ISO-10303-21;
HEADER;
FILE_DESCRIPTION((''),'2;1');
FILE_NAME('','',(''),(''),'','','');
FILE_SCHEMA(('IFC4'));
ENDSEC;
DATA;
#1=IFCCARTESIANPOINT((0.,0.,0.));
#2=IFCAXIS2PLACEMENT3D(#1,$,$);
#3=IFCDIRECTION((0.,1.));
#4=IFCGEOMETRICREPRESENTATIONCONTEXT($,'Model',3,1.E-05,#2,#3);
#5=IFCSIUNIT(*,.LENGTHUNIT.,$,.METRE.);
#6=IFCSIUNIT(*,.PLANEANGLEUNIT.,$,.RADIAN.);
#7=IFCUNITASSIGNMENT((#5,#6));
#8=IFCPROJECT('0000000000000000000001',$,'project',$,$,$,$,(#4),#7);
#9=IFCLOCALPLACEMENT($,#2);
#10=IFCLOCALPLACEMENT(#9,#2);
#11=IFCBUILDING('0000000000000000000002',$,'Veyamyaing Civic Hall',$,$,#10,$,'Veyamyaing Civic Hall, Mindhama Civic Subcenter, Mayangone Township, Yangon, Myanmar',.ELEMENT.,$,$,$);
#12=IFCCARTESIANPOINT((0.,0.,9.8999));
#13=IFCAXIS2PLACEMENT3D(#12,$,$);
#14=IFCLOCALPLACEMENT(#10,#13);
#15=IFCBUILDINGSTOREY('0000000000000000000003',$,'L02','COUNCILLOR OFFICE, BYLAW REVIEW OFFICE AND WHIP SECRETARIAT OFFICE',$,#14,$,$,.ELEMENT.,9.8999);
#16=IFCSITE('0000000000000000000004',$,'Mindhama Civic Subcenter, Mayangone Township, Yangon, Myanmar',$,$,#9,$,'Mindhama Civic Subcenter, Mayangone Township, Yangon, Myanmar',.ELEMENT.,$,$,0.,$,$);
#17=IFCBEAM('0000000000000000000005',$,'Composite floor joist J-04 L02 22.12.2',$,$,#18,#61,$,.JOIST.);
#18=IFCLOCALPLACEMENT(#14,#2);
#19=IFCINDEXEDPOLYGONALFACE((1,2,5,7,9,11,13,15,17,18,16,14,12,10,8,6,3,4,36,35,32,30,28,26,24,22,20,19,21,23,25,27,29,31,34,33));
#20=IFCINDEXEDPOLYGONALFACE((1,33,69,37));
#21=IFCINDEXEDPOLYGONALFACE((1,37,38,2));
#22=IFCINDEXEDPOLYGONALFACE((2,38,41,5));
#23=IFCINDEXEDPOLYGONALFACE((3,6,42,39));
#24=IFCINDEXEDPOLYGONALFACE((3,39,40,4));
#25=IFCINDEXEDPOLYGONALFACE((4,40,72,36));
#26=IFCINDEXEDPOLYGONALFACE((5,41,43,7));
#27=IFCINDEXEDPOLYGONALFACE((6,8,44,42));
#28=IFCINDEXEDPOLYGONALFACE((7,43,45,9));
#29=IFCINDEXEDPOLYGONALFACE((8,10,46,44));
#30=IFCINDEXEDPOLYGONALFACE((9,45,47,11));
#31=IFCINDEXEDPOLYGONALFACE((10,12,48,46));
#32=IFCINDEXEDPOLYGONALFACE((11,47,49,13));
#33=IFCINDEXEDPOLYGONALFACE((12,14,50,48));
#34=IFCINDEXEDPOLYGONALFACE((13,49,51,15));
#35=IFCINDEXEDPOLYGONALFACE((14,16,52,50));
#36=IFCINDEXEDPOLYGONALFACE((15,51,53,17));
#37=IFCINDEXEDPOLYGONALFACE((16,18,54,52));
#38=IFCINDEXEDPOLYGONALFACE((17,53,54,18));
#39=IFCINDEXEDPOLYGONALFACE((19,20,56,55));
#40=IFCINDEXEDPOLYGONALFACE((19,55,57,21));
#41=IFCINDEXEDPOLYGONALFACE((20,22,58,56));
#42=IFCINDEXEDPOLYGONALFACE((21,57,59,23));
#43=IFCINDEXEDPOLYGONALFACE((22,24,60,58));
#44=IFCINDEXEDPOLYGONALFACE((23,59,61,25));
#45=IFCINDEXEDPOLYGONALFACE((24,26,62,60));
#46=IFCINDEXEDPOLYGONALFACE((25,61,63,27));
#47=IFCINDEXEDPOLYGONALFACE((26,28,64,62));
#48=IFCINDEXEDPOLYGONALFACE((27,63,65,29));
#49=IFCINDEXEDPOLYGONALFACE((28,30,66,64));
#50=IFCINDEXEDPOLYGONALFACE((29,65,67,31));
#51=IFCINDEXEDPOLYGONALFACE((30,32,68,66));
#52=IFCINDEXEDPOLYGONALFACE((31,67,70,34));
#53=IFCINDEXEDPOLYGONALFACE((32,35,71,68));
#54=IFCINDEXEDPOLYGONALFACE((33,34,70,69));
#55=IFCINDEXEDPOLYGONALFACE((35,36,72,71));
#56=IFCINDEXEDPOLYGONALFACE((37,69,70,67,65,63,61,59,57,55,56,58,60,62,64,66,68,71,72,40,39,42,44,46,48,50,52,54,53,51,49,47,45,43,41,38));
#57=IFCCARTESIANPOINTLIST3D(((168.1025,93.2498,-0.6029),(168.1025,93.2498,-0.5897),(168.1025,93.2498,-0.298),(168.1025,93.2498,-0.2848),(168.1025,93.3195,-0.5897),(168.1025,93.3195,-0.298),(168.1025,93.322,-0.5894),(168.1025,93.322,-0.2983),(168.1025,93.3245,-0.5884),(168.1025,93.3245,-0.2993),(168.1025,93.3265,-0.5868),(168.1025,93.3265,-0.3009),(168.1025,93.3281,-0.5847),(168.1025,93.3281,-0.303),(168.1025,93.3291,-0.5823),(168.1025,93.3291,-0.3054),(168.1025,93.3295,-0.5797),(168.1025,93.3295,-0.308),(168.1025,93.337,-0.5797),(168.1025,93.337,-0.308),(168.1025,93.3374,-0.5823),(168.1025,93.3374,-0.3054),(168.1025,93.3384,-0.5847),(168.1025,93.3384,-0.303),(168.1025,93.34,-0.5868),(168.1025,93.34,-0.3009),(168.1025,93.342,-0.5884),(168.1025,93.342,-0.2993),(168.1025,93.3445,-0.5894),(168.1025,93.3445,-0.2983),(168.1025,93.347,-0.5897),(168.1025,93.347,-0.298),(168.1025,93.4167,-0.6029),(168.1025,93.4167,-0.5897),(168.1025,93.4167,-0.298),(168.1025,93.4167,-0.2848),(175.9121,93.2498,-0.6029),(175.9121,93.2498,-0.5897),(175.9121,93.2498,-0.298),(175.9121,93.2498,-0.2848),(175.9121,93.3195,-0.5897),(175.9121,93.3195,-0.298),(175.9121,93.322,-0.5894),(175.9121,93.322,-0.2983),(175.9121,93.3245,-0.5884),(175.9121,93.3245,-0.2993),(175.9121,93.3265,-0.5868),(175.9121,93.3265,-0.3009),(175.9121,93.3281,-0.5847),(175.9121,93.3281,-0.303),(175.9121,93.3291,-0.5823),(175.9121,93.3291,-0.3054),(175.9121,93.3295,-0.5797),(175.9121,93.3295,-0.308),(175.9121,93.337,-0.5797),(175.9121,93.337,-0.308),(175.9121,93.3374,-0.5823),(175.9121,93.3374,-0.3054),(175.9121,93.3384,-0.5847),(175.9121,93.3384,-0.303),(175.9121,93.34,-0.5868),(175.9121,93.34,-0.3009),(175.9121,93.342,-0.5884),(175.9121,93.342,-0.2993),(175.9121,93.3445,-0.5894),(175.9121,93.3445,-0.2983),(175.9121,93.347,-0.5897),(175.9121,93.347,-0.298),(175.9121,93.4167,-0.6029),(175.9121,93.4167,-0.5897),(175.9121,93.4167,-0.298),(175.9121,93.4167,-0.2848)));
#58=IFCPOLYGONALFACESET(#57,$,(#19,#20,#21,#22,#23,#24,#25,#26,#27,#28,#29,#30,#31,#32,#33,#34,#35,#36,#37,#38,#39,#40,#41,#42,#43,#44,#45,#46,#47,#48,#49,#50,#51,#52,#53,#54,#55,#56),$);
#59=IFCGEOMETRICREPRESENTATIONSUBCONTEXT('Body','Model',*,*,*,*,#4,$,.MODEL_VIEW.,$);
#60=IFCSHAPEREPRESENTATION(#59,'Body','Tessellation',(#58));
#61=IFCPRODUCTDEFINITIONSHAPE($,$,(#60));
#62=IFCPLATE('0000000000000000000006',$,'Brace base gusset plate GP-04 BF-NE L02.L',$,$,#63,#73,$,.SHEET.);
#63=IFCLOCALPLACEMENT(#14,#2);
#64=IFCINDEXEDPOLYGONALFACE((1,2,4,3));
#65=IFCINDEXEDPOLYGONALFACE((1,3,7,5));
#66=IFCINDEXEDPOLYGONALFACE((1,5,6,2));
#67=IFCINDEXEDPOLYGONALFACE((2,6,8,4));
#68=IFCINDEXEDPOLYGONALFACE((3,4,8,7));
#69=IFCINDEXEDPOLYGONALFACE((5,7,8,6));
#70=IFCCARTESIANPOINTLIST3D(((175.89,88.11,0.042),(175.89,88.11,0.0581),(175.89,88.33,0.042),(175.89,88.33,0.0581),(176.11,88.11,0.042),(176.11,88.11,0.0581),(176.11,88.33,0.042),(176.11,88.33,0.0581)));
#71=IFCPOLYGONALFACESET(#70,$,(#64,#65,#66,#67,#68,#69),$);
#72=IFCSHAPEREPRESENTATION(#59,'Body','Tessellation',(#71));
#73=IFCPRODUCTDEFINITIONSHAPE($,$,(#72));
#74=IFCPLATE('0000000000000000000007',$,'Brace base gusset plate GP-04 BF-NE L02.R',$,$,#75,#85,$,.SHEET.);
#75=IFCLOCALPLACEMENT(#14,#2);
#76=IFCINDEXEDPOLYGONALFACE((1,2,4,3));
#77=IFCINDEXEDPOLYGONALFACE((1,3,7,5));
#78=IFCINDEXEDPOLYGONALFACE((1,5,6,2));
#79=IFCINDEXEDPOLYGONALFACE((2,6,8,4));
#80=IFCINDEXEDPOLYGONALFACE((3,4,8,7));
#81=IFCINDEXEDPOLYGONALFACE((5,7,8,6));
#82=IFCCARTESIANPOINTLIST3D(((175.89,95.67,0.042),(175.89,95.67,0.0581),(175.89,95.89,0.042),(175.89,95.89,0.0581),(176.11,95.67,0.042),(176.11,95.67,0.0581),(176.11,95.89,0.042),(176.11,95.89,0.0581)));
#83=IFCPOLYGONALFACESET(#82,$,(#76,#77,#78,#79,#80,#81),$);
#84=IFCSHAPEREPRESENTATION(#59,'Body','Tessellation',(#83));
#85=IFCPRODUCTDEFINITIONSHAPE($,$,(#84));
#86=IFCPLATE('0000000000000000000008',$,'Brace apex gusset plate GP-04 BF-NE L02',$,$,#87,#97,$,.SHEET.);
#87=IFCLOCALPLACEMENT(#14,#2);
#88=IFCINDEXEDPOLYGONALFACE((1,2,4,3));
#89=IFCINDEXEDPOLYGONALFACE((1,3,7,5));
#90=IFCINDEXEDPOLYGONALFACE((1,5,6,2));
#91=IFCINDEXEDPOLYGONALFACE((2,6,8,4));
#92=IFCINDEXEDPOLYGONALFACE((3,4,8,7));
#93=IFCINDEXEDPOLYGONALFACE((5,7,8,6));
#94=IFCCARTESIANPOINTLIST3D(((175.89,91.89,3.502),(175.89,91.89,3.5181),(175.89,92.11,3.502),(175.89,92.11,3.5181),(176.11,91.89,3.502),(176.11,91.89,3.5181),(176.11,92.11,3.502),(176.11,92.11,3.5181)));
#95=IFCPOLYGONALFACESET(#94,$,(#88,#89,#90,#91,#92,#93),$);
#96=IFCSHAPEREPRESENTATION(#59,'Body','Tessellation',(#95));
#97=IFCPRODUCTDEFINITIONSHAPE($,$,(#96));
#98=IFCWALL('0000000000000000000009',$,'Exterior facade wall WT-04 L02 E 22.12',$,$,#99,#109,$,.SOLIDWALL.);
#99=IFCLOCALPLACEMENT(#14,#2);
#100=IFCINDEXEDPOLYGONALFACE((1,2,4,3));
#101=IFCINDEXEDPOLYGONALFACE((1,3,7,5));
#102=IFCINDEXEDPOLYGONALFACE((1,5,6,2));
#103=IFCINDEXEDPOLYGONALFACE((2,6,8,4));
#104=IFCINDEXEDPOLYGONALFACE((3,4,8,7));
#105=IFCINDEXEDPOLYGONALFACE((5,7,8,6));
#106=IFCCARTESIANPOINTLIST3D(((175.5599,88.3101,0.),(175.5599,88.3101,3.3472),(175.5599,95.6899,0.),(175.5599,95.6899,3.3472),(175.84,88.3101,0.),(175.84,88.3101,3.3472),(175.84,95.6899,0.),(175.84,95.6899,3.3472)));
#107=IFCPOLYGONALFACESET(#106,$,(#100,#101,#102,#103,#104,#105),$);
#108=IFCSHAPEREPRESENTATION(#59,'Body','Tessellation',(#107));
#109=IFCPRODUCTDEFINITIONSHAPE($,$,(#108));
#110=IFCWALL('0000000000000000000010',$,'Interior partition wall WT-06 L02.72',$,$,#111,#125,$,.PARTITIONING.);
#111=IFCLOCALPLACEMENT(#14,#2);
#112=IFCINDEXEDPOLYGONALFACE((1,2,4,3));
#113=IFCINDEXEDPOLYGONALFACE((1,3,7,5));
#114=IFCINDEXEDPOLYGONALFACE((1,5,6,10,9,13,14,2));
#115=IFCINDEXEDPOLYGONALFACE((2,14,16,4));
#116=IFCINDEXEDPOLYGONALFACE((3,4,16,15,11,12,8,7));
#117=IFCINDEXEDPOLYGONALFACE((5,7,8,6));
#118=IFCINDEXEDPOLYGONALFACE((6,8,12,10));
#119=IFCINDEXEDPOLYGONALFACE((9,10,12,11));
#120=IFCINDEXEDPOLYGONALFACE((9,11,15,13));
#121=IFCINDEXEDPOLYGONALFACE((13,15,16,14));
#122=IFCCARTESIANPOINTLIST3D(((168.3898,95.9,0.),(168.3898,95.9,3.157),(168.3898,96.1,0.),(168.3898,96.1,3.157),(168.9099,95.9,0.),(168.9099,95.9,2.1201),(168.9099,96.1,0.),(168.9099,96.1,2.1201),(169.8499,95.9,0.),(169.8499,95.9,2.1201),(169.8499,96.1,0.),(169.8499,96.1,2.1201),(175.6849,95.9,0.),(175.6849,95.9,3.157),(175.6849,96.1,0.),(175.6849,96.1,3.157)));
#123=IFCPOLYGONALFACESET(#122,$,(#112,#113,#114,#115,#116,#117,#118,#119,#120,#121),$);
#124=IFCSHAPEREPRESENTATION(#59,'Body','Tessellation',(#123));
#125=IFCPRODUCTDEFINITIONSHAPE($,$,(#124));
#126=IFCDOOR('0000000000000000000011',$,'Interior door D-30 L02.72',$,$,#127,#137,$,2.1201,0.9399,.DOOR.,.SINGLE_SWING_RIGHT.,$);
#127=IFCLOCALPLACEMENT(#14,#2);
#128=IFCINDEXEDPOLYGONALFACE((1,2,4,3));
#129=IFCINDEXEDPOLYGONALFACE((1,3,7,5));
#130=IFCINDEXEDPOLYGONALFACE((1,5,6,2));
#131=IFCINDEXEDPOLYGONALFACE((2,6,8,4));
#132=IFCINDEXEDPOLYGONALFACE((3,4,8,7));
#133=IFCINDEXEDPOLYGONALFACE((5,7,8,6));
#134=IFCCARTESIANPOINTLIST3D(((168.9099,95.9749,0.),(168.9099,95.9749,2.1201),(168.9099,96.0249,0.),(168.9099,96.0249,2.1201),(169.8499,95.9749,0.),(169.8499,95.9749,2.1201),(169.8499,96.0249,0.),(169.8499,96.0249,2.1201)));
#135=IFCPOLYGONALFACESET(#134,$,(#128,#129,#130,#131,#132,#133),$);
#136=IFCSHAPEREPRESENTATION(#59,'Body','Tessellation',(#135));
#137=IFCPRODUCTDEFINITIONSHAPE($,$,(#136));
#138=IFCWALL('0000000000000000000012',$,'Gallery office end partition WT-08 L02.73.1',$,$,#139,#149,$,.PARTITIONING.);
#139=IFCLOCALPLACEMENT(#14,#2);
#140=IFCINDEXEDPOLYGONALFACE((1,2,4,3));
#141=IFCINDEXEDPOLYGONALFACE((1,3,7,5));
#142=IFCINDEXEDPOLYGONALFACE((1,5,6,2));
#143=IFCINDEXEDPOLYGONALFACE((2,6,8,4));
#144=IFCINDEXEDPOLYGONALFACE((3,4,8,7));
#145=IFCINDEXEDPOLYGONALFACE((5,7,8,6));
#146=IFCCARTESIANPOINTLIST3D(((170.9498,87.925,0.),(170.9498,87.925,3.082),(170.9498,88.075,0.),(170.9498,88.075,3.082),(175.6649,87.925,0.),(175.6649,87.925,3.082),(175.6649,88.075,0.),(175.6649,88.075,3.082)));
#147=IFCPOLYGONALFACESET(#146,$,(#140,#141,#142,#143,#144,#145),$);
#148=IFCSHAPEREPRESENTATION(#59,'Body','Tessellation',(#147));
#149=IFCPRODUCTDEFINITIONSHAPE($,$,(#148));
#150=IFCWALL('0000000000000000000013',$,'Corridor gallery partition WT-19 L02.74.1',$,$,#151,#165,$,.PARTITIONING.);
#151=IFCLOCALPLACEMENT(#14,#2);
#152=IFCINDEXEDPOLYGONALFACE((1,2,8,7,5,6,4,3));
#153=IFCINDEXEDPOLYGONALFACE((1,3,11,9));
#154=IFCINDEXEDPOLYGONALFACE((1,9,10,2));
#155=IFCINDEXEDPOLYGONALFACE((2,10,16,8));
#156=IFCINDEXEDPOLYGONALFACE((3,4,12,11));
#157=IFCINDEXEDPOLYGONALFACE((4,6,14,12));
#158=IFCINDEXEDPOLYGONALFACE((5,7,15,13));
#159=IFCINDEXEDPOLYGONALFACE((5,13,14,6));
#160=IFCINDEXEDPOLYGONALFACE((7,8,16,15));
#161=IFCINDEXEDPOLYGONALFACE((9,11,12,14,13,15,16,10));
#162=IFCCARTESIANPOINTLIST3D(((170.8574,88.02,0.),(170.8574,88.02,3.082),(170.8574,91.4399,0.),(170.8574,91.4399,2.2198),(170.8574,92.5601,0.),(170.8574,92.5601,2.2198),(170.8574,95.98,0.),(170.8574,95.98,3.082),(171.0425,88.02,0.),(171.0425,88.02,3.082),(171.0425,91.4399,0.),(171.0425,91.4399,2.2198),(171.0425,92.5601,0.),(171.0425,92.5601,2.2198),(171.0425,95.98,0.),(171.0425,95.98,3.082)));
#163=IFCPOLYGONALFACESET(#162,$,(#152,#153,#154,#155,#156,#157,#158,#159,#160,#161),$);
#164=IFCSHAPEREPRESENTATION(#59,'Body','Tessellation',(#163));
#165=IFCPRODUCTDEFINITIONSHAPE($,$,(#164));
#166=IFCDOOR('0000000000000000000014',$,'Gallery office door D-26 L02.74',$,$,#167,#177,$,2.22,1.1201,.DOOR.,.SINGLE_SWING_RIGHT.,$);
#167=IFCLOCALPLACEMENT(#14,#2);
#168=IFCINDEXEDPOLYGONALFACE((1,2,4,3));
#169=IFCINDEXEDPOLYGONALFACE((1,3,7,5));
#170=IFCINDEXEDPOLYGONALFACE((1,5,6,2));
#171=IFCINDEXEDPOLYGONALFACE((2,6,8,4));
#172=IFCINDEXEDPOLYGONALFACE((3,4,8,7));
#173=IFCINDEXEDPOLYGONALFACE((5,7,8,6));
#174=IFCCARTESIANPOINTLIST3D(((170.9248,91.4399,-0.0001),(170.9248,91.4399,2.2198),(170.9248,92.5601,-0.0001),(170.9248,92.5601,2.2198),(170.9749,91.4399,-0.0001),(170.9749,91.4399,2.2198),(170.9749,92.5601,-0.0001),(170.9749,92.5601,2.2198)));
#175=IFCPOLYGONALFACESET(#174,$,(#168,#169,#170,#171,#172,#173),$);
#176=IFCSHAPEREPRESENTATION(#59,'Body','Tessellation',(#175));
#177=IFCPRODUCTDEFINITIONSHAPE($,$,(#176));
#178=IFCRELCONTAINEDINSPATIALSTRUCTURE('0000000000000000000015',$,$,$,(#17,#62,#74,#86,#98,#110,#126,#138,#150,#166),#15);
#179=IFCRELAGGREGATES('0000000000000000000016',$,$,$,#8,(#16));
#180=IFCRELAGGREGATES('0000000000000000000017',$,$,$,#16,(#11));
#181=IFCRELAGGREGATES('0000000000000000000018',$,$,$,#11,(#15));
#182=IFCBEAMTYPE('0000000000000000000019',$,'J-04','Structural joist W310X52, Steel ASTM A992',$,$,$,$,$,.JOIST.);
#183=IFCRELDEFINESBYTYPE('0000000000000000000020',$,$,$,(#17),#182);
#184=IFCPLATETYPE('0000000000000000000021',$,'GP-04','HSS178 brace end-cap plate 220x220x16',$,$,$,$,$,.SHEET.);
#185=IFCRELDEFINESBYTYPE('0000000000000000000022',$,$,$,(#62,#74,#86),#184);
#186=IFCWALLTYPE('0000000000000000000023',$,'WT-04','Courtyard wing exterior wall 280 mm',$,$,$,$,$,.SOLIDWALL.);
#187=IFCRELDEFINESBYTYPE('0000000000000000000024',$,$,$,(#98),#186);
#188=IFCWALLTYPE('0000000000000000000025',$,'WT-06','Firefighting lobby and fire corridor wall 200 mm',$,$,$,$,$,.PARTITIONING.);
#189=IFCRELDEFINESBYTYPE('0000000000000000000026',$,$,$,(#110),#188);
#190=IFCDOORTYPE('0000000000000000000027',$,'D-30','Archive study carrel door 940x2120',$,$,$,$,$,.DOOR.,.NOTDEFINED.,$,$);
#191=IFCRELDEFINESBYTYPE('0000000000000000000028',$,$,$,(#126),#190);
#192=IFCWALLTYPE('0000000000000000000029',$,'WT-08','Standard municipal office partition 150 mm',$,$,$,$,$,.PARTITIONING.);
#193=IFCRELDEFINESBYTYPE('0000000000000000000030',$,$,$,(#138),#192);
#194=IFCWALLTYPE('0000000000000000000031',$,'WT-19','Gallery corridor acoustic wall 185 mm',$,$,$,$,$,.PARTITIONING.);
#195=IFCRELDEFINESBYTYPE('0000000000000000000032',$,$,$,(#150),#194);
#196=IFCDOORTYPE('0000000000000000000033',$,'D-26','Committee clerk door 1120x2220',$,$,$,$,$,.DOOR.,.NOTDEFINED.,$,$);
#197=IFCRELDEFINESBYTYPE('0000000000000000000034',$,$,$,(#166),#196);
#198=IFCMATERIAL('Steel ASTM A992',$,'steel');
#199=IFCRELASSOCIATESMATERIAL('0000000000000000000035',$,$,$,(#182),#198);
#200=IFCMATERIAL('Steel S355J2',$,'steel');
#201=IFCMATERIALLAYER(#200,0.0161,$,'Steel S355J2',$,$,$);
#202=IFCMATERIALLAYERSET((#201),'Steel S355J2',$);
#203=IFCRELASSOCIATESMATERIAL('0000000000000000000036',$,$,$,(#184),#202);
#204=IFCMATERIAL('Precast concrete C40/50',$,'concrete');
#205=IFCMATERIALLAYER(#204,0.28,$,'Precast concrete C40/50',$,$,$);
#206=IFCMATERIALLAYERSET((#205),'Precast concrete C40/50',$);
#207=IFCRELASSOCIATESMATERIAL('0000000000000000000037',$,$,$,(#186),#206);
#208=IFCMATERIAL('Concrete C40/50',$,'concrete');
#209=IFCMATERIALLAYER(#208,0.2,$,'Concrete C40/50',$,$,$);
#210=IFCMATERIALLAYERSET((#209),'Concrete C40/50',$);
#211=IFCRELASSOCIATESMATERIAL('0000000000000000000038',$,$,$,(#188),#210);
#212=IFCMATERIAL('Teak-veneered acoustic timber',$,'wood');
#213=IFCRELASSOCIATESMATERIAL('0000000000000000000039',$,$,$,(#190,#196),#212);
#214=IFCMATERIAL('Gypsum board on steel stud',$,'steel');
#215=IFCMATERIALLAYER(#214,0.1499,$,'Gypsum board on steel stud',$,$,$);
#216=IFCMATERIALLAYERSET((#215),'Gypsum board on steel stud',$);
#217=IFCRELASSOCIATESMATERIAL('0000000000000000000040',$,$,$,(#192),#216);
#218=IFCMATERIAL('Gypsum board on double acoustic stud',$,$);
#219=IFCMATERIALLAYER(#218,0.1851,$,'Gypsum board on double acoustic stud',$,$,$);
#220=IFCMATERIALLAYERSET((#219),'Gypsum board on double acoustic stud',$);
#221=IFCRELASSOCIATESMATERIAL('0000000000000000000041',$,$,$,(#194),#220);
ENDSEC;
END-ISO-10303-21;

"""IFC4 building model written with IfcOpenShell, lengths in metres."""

from ifc_helpers import new_model, si_unit, direction, frame, frame_2d, origin, origin_2d, place, context, subcontext, project, spatial, rectangle, i_section, extrude, material, layer, layer_set, material_profile, profile_set, type_object, element, fill, save


model = new_model("IFC4")

# Units and contexts
model_context = context("Model", 3, precision=1e-05, world=origin(), true_north=direction((0.0, 1.0)))
body_context = subcontext(model_context, "Body", "Model", "MODEL_VIEW")
ifc_project = project(units=[si_unit("LENGTHUNIT", "METRE"), si_unit("PLANEANGLEUNIT", "RADIAN")], contexts=[model_context])

# Site, building, storey
site_placement = place(None, origin())
site = spatial("IfcSite", under=ifc_project, at=site_placement, Name="Mindhama Civic Subcenter, Mayangone Township, Yangon, Myanmar", LongName="Mindhama Civic Subcenter, Mayangone Township, Yangon, Myanmar", CompositionType="ELEMENT", RefElevation=0.0)
building_placement = place(site_placement, origin())
building = spatial("IfcBuilding", under=site, at=building_placement, Name="Veyamyaing Civic Hall", LongName="Veyamyaing Civic Hall, Mindhama Civic Subcenter, Mayangone Township, Yangon, Myanmar", CompositionType="ELEMENT")
storey_placement = place(building_placement, frame((0.0, 0.0, 9.8999)))
storey = spatial("IfcBuildingStorey", under=building, at=storey_placement, Name="L02", Description="COUNCILLOR OFFICE, BYLAW REVIEW OFFICE AND WHIP SECRETARIAT OFFICE", CompositionType="ELEMENT", Elevation=9.8999)

# Shared definitions
ifc_material_1 = material(Name="Steel ASTM A992", Category="steel")

# Shared definitions
ifc_material_2 = material(Name="Steel S355J2", Category="steel")

# Beam
ifc_material_profile_1 = material_profile(ifc_material_1, i_section(OverallWidth=0.167, OverallDepth=0.3181, WebThickness=0.0076, FlangeThickness=0.0132, FilletRadius=0.01, at=origin_2d()), Name="W310X52")
ifc_profile_set_1 = profile_set([ifc_material_profile_1], Name="Steel ASTM A992")
beam_type_1 = type_object("IfcBeamType", Name="J-04", Description="Structural joist W310X52, Steel ASTM A992", PredefinedType="JOIST", material=ifc_profile_set_1)
for number, where, z_axis, x_axis, name in (
    (1, (168.1025, 93.3333, -0.4438), (1.0, 0.0, 0.0), (0.0, 1.0, 0.0), "Composite floor joist J-04 L02 22.12.2"),
):
    element("IfcBeam", number, at=place(storey_placement, frame(where, z_axis=z_axis, x_axis=x_axis)), inside=storey, type_object=beam_type_1, Name=name, PredefinedType="JOIST", context=body_context, shape_type="SweptSolid", body=[
        extrude(i_section(OverallWidth=0.167, OverallDepth=0.3181, WebThickness=0.0076, FlangeThickness=0.0132, FilletRadius=0.01, at=origin_2d()), origin(), (0.0, 0.0, 1.0), 7.8096),
    ])

# Plates
ifc_layer_1 = layer(ifc_material_2, 0.0161, Name="Steel S355J2")
ifc_layer_set_1 = layer_set([ifc_layer_1], Name="Steel S355J2")
plate_type = type_object("IfcPlateType", Name="GP-04", Description="HSS178 brace end-cap plate 220x220x16", PredefinedType="SHEET", material=ifc_layer_set_1)
for number, where, z_axis, x_axis, name in (
    (2, (176.0, 88.22, 0.042), (0.0, 0.0, 1.0), (1.0, 0.0, 0.0), "Brace base gusset plate GP-04 BF-NE L02.L"),
    (3, (176.0, 95.78, 0.042), (0.0, 0.0, 1.0), (1.0, 0.0, 0.0), "Brace base gusset plate GP-04 BF-NE L02.R"),
    (4, (176.0, 92.0, 3.502), (0.0, 0.0, 1.0), (1.0, 0.0, 0.0), "Brace apex gusset plate GP-04 BF-NE L02"),
):
    element("IfcPlate", number, at=place(storey_placement, frame(where, z_axis=z_axis, x_axis=x_axis)), inside=storey, type_object=plate_type, Name=name, PredefinedType="SHEET", context=body_context, shape_type="SweptSolid", body=[
        extrude(rectangle(XDim=0.22, YDim=0.22, at=origin_2d()), origin(), (0.0, 0.0, 1.0), 0.0161),
    ])

# Wall
ifc_material_3 = material(Name="Precast concrete C40/50", Category="concrete")
ifc_layer_2 = layer(ifc_material_3, 0.28, Name="Precast concrete C40/50")
ifc_layer_set_2 = layer_set([ifc_layer_2], Name="Precast concrete C40/50")
wall_type_1 = type_object("IfcWallType", Name="WT-04", Description="Courtyard wing exterior wall 280 mm", PredefinedType="SOLIDWALL", material=ifc_layer_set_2)
wall_1_placement = place(storey_placement, frame((175.7, 88.3101, 0.0), z_axis=(0.0, 0.0, 1.0), x_axis=(0.0, 1.0, 0.0)))
element("IfcWall", 5, at=wall_1_placement, inside=storey, type_object=wall_type_1, Name="Exterior facade wall WT-04 L02 E 22.12", PredefinedType="SOLIDWALL", context=body_context, shape_type="SweptSolid", body=[
    extrude(rectangle(XDim=7.3799, YDim=0.28, at=frame_2d((3.6899, 0.0))), origin(), (0.0, 0.0, 1.0), 3.3472),
])

# Wall, opening, door
ifc_material_4 = material(Name="Concrete C40/50", Category="concrete")
ifc_layer_3 = layer(ifc_material_4, 0.2, Name="Concrete C40/50")
ifc_layer_set_3 = layer_set([ifc_layer_3], Name="Concrete C40/50")
wall_type_2 = type_object("IfcWallType", Name="WT-06", Description="Firefighting lobby and fire corridor wall 200 mm", PredefinedType="PARTITIONING", material=ifc_layer_set_3)
wall_2_placement = place(storey_placement, frame((168.3899, 96.0, 0.0), z_axis=(0.0, 0.0, 1.0), x_axis=(1.0, 0.0, 0.0)))
wall_2 = element("IfcWall", 6, at=wall_2_placement, inside=storey, type_object=wall_type_2, Name="Interior partition wall WT-06 L02.72", PredefinedType="PARTITIONING", context=body_context, shape_type="SweptSolid", body=[
    extrude(rectangle(XDim=7.2952, YDim=0.2, at=frame_2d((3.6475, 0.0))), origin(), (0.0, 0.0, 1.0), 3.157),
])
opening_1_placement = place(wall_2_placement, frame((0.52, 0.0, 0.0)))
opening_1 = element("IfcOpeningElement", 7, at=opening_1_placement, cuts=wall_2, PredefinedType="OPENING", context=body_context, shape_type="SweptSolid", body=[
    extrude(rectangle(XDim=0.9399, YDim=2.1201, at=frame_2d((0.47, 1.0601))), frame((0.0, 0.1099, 0.0), z_axis=(0.0, -1.0, 0.0), x_axis=(1.0, 0.0, 0.0)), (0.0, 0.0, 1.0), 0.22),
])
ifc_material_5 = material(Name="Teak-veneered acoustic timber", Category="wood")
door_type_1 = type_object("IfcDoorType", Name="D-30", Description="Archive study carrel door 940x2120", OperationType="NOTDEFINED", PredefinedType="DOOR", material=ifc_material_5)
door_1_placement = place(opening_1_placement, origin())
door_1 = element("IfcDoor", 8, at=door_1_placement, inside=storey, type_object=door_type_1, Name="Interior door D-30 L02.72", OperationType="SINGLE_SWING_RIGHT", OverallHeight=2.1201, OverallWidth=0.9399, PredefinedType="DOOR", context=body_context, shape_type="SweptSolid", body=[
    extrude(rectangle(XDim=0.9399, YDim=2.1201, at=frame_2d((0.47, 1.0601))), frame((0.0, 0.0249, 0.0), z_axis=(0.0, -1.0, 0.0), x_axis=(1.0, 0.0, 0.0)), (0.0, 0.0, 1.0), 0.05),
])
fill(opening_1, door_1)

# Wall
ifc_material_6 = material(Name="Gypsum board on steel stud", Category="steel")
ifc_layer_4 = layer(ifc_material_6, 0.1499, Name="Gypsum board on steel stud")
ifc_layer_set_4 = layer_set([ifc_layer_4], Name="Gypsum board on steel stud")
wall_type_3 = type_object("IfcWallType", Name="WT-08", Description="Standard municipal office partition 150 mm", PredefinedType="PARTITIONING", material=ifc_layer_set_4)
wall_3_placement = place(storey_placement, frame((170.95, 88.0, 0.0), z_axis=(0.0, 0.0, 1.0), x_axis=(1.0, 0.0, 0.0)))
element("IfcWall", 9, at=wall_3_placement, inside=storey, type_object=wall_type_3, Name="Gallery office end partition WT-08 L02.73.1", PredefinedType="PARTITIONING", context=body_context, shape_type="SweptSolid", body=[
    extrude(rectangle(XDim=4.7151, YDim=0.1499, at=frame_2d((2.3574, 0.0))), origin(), (0.0, 0.0, 1.0), 3.082),
])

# Wall, opening, door
ifc_material_7 = material(Name="Gypsum board on double acoustic stud")
ifc_layer_5 = layer(ifc_material_7, 0.1851, Name="Gypsum board on double acoustic stud")
ifc_layer_set_5 = layer_set([ifc_layer_5], Name="Gypsum board on double acoustic stud")
wall_type_4 = type_object("IfcWallType", Name="WT-19", Description="Gallery corridor acoustic wall 185 mm", PredefinedType="PARTITIONING", material=ifc_layer_set_5)
wall_4_placement = place(storey_placement, frame((170.95, 88.02, 0.0), z_axis=(0.0, 0.0, 1.0), x_axis=(0.0, 1.0, 0.0)))
wall_4 = element("IfcWall", 10, at=wall_4_placement, inside=storey, type_object=wall_type_4, Name="Corridor gallery partition WT-19 L02.74.1", PredefinedType="PARTITIONING", context=body_context, shape_type="SweptSolid", body=[
    extrude(rectangle(XDim=7.96, YDim=0.1851, at=frame_2d((3.98, 0.0))), origin(), (0.0, 0.0, 1.0), 3.082),
])
opening_2_placement = place(wall_4_placement, frame((3.4199, 0.0, 0.0)))
opening_2 = element("IfcOpeningElement", 11, at=opening_2_placement, cuts=wall_4, PredefinedType="OPENING", context=body_context, shape_type="SweptSolid", body=[
    extrude(rectangle(XDim=1.1201, YDim=2.22, at=frame_2d((0.5601, 1.1099))), frame((0.0, 0.1025, 0.0), z_axis=(0.0, -1.0, 0.0), x_axis=(1.0, 0.0, 0.0)), (0.0, 0.0, 1.0), 0.2051),
])
door_type_2 = type_object("IfcDoorType", Name="D-26", Description="Committee clerk door 1120x2220", OperationType="NOTDEFINED", PredefinedType="DOOR", material=ifc_material_5)
door_2_placement = place(opening_2_placement, frame((1.1201, 0.0, 0.0), z_axis=(0.0, 0.0, 1.0), x_axis=(-1.0, 0.0, 0.0)))
door_2 = element("IfcDoor", 12, at=door_2_placement, inside=storey, type_object=door_type_2, Name="Gallery office door D-26 L02.74", OperationType="SINGLE_SWING_RIGHT", OverallHeight=2.22, OverallWidth=1.1201, PredefinedType="DOOR", context=body_context, shape_type="SweptSolid", body=[
    extrude(rectangle(XDim=1.1201, YDim=2.22, at=frame_2d((0.5601, 1.1099))), frame((0.0, 0.0249, 0.0), z_axis=(0.0, -1.0, 0.0), x_axis=(1.0, 0.0, 0.0)), (0.0, 0.0, 1.0), 0.05),
])
fill(opening_2, door_2)

save(model, "model.ifc")
